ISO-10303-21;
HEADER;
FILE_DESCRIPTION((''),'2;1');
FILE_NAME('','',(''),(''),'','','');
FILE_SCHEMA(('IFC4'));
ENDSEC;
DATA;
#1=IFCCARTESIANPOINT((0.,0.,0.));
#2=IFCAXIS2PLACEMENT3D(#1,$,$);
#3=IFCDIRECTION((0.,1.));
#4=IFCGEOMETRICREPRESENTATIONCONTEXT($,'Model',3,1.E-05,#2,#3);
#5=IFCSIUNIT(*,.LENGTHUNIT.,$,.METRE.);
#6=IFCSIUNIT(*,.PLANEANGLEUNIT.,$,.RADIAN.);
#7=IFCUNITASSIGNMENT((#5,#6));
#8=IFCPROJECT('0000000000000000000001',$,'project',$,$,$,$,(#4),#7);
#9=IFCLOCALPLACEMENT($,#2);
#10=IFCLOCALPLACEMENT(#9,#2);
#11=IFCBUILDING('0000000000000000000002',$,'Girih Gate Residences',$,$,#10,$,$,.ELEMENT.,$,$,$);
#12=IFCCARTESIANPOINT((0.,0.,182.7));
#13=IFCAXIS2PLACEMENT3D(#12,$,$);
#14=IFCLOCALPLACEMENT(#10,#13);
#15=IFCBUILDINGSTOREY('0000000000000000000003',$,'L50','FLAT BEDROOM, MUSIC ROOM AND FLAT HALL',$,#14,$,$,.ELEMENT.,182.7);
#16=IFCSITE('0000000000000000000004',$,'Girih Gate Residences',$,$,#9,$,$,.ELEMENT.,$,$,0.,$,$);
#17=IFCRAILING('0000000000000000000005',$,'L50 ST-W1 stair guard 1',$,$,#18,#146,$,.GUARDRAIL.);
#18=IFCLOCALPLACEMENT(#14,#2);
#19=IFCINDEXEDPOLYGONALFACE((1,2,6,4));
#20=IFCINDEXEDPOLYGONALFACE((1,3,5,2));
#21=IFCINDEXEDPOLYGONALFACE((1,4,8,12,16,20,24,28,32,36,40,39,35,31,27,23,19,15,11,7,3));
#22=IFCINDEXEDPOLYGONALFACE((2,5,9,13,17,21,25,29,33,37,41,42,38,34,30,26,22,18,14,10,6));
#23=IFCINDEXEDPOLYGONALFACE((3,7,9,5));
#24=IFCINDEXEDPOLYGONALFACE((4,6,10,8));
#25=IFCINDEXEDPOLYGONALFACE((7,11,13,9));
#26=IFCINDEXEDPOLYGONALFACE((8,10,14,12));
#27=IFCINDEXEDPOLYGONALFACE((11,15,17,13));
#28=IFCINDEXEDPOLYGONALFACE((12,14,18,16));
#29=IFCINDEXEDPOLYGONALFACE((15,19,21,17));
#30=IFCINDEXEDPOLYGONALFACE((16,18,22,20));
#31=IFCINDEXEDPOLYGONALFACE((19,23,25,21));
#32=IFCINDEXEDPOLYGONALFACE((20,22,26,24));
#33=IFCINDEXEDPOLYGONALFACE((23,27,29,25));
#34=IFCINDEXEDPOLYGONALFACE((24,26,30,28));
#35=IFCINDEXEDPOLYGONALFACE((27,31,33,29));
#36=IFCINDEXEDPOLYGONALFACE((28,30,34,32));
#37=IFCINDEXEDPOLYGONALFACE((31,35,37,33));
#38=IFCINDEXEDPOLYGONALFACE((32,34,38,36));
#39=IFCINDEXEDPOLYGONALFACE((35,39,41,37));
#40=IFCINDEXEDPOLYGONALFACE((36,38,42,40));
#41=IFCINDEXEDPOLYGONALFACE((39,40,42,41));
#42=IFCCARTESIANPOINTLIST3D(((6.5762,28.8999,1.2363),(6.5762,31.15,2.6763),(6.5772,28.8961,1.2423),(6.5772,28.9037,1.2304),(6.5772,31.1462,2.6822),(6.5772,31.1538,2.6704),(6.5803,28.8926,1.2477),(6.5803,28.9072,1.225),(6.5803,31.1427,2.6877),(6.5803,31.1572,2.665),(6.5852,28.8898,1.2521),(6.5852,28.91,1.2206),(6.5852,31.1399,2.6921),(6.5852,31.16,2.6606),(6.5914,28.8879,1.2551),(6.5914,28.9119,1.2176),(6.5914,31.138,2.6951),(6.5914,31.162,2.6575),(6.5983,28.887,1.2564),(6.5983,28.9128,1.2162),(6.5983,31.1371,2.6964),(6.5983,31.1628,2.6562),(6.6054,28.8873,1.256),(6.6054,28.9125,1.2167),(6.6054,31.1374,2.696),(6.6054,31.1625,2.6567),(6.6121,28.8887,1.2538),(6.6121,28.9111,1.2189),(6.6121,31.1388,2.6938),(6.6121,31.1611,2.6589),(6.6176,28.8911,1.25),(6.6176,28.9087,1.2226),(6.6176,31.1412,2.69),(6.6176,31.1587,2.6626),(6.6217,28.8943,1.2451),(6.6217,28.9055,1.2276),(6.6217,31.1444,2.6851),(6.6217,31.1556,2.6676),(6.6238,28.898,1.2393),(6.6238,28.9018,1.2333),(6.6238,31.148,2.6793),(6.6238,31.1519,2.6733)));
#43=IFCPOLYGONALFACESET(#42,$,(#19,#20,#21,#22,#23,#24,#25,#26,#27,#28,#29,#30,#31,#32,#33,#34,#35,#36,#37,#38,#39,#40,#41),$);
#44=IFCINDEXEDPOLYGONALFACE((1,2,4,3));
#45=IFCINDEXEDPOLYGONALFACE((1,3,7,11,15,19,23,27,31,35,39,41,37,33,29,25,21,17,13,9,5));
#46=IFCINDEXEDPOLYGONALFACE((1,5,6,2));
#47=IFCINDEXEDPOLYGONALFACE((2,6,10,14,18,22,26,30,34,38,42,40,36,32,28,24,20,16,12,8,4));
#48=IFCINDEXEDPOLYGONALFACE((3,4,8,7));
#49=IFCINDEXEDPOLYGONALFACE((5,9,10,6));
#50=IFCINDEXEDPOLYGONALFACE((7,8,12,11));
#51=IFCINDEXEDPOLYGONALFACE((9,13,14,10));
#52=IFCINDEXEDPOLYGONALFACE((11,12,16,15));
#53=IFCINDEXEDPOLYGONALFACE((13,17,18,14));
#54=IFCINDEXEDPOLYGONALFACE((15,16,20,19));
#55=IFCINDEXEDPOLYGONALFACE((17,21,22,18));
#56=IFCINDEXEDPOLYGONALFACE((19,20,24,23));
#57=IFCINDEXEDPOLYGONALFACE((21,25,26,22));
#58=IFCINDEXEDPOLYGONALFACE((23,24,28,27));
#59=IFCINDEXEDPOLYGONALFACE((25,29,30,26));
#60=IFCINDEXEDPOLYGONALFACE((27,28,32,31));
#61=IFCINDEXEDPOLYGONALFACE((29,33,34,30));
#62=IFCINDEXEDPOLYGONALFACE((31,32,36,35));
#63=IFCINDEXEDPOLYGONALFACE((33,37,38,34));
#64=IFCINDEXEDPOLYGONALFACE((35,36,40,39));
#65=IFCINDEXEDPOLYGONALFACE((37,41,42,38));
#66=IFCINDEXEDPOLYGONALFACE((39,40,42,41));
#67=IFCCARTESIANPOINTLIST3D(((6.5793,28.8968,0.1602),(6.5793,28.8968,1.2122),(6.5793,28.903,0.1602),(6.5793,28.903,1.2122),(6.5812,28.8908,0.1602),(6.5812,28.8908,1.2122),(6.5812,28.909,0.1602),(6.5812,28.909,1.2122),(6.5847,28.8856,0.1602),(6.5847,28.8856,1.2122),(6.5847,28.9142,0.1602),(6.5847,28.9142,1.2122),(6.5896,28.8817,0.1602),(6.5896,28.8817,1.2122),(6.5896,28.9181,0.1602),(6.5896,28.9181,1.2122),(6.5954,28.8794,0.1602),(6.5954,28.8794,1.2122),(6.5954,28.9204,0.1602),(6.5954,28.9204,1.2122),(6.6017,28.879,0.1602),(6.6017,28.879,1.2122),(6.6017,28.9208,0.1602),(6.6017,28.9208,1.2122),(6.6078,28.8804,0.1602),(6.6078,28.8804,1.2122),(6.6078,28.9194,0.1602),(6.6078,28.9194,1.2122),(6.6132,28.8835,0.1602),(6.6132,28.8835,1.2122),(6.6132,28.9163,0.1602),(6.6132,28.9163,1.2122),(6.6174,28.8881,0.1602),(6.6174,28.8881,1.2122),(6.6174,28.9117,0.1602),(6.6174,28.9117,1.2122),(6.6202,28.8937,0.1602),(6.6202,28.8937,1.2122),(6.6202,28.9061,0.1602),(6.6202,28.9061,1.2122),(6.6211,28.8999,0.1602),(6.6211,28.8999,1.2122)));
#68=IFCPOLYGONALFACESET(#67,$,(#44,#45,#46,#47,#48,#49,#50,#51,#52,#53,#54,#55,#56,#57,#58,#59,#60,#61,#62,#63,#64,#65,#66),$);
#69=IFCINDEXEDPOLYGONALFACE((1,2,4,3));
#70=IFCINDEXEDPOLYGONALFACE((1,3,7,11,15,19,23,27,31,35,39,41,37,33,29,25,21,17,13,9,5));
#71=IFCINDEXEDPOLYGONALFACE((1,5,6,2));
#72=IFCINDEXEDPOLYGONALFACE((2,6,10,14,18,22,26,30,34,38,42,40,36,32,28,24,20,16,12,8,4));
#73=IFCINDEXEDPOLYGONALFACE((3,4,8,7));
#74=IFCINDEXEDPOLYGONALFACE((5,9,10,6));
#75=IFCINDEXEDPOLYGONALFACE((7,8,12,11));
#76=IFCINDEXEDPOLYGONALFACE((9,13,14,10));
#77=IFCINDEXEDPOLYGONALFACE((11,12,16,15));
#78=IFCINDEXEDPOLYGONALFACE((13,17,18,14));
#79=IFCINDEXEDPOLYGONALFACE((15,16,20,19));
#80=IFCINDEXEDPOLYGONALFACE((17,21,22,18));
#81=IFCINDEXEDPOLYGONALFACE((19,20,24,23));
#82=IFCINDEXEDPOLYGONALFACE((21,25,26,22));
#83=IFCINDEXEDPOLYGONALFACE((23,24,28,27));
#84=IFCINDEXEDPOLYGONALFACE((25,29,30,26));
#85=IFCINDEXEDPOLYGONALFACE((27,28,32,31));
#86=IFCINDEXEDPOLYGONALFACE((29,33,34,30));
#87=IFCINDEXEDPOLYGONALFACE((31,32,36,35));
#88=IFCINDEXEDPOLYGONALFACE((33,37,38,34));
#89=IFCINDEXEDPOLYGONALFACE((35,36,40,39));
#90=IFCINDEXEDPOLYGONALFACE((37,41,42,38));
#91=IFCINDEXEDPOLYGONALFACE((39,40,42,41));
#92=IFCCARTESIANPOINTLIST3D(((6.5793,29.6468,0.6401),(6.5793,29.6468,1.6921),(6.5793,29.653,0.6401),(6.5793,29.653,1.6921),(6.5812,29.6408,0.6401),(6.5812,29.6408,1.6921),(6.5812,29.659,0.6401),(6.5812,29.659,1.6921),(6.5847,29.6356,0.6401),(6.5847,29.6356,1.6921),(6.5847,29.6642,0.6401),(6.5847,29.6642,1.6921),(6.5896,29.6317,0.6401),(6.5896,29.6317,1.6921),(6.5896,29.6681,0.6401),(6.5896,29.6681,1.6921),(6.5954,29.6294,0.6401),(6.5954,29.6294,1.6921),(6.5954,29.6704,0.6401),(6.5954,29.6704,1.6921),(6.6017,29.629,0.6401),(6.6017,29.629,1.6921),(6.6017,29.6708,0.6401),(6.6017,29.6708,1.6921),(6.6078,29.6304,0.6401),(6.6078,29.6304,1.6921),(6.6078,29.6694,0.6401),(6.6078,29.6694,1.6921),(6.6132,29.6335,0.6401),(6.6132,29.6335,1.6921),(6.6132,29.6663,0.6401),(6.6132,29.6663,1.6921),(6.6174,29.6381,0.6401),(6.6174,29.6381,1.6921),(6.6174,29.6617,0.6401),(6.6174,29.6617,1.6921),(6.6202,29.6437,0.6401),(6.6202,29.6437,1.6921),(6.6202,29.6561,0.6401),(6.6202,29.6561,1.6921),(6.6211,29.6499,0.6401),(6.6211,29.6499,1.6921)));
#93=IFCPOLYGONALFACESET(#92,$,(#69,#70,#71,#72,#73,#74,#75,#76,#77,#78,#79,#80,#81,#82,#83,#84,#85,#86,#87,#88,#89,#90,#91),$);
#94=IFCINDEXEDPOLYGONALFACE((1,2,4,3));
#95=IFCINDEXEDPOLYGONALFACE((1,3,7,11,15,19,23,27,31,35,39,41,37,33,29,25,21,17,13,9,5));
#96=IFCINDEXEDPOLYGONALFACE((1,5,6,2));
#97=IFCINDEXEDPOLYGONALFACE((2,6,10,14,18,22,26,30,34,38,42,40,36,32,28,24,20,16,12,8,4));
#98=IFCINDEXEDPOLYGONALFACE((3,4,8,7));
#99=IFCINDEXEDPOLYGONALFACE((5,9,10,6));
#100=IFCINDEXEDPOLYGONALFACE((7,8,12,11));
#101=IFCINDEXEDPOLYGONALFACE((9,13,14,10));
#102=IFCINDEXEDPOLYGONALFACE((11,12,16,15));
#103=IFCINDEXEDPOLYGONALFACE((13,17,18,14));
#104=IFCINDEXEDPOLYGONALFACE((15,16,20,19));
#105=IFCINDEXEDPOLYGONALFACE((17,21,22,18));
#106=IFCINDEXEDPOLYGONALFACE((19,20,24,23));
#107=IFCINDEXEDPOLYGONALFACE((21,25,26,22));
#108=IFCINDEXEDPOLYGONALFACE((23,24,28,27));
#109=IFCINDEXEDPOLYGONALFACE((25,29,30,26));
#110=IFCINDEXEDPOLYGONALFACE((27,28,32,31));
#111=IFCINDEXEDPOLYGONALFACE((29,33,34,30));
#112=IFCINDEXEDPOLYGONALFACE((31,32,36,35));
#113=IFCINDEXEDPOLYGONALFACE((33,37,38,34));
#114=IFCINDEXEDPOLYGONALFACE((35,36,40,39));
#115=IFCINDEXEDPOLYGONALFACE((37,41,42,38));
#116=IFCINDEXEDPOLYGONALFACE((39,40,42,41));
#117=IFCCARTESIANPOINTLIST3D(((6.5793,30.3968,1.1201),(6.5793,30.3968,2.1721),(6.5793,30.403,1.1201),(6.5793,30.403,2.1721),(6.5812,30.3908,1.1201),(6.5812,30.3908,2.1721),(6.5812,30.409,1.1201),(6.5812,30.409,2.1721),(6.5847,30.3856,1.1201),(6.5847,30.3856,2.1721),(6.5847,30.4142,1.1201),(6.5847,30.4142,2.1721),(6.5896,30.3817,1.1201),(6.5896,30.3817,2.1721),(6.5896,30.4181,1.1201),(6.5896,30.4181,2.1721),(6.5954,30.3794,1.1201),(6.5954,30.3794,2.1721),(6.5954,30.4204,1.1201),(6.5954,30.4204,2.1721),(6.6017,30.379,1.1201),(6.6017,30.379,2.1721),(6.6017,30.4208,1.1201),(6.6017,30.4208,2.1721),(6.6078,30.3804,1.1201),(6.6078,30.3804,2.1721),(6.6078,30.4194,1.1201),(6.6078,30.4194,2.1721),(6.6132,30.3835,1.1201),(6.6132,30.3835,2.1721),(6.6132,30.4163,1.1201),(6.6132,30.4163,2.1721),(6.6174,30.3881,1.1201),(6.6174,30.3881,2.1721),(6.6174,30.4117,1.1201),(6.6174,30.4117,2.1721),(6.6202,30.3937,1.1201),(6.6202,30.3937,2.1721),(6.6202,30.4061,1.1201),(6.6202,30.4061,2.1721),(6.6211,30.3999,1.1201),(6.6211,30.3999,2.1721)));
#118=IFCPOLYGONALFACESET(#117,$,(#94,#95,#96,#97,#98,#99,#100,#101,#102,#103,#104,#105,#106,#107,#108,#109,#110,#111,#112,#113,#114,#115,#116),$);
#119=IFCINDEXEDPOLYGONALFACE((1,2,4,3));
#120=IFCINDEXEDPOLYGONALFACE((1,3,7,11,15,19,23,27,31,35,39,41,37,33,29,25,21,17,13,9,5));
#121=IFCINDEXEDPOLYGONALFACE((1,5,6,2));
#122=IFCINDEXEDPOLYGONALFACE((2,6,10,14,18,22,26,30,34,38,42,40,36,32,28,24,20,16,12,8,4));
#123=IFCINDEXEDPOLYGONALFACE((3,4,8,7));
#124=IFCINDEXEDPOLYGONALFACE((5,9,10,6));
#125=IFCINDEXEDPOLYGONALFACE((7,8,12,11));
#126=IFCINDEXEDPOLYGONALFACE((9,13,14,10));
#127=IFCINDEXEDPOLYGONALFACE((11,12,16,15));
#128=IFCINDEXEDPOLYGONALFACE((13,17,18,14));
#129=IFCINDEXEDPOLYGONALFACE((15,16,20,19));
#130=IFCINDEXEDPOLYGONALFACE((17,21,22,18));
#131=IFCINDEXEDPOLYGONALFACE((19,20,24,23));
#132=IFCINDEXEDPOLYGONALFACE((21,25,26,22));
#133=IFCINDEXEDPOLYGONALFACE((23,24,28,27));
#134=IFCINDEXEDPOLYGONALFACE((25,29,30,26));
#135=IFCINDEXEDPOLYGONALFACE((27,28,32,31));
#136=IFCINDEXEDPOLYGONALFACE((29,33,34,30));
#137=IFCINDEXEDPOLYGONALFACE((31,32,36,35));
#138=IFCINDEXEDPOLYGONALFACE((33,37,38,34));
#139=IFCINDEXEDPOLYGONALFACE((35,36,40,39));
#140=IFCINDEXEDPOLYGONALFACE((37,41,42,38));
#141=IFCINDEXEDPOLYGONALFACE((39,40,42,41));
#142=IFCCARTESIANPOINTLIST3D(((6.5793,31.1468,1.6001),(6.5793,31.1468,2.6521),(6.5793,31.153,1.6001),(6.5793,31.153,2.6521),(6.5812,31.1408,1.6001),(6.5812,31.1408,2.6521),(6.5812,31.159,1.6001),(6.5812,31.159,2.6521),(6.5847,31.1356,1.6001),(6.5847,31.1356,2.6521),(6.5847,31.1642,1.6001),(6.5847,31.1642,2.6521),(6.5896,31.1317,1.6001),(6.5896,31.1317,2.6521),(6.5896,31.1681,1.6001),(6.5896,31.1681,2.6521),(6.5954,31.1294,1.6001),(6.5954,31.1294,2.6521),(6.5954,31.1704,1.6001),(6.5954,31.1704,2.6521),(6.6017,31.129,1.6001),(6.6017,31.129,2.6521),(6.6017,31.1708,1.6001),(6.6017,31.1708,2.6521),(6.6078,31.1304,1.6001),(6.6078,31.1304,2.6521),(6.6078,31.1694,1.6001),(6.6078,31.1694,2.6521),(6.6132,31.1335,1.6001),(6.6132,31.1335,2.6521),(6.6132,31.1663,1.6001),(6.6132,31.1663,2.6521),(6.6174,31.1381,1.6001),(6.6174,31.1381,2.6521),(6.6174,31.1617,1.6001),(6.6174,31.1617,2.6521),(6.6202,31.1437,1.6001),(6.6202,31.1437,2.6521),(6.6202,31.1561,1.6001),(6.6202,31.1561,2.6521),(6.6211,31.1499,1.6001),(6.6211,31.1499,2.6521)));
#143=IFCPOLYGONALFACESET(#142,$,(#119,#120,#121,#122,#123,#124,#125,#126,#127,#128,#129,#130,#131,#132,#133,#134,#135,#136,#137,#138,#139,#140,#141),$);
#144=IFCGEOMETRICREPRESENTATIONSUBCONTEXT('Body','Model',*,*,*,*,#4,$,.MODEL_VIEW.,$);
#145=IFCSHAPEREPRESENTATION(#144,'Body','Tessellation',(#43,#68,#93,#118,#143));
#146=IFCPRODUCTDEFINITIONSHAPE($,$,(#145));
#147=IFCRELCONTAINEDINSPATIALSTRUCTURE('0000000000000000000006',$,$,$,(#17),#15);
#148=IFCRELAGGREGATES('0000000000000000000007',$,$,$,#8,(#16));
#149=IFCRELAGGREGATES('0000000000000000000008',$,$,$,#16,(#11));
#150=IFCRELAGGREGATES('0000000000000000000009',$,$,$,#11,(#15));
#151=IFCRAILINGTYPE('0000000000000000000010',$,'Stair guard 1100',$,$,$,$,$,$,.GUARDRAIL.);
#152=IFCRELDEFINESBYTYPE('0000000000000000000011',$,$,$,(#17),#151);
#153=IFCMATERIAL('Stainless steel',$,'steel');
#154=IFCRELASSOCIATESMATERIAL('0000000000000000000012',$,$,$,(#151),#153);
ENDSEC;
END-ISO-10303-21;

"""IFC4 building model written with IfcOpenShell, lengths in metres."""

from ifc_helpers import new_model, si_unit, direction, frame, origin, origin_2d, place, context, subcontext, project, spatial, circle, extrude, material, type_object, element, save


model = new_model("IFC4")

# Units and contexts
model_context = context("Model", 3, precision=1e-05, world=origin(), true_north=direction((0.0, 1.0)))
body_context = subcontext(model_context, "Body", "Model", "MODEL_VIEW")
ifc_project = project(units=[si_unit("LENGTHUNIT", "METRE"), si_unit("PLANEANGLEUNIT", "RADIAN")], contexts=[model_context])

# Site, building, storey
site_placement = place(None, origin())
site = spatial("IfcSite", under=ifc_project, at=site_placement, Name="Girih Gate Residences", CompositionType="ELEMENT", RefElevation=0.0)
building_placement = place(site_placement, origin())
building = spatial("IfcBuilding", under=site, at=building_placement, Name="Girih Gate Residences", CompositionType="ELEMENT")
storey_placement = place(building_placement, frame((0.0, 0.0, 182.7)))
storey = spatial("IfcBuildingStorey", under=building, at=storey_placement, Name="L50", Description="FLAT BEDROOM, MUSIC ROOM AND FLAT HALL", CompositionType="ELEMENT", Elevation=182.7)

# Shared definitions
ifc_material_1 = material(Name="Stainless steel", Category="steel")

# Railing
railing_type_1 = type_object("IfcRailingType", Name="Stair guard 1100", PredefinedType="GUARDRAIL", material=ifc_material_1)
railing_1_placement = place(storey_placement, frame((6.6001, 28.8999, 0.1602)))
element("IfcRailing", 1, at=railing_1_placement, inside=storey, type_object=railing_type_1, Name="L50 ST-W1 stair guard 1", PredefinedType="GUARDRAIL", context=body_context, shape_type="SweptSolid", body=[
    extrude(circle(Radius=0.0239, at=origin_2d()), frame((0.0, 0.0, 1.0762), z_axis=(0.0, 0.842281, 0.539038), x_axis=(-1.0, 0.0, 0.0)), (0.0, 0.0, 1.0), 2.6714),
    extrude(circle(Radius=0.021, at=origin_2d()), origin(), (0.0, 0.0, 1.0), 1.052),
    extrude(circle(Radius=0.021, at=origin_2d()), frame((0.0, 0.75, 0.48)), (0.0, 0.0, 1.0), 1.052),
    extrude(circle(Radius=0.021, at=origin_2d()), frame((0.0, 1.5, 0.96)), (0.0, 0.0, 1.0), 1.052),
    extrude(circle(Radius=0.021, at=origin_2d()), frame((0.0, 2.25, 1.4399)), (0.0, 0.0, 1.0), 1.052),
])

save(model, "model.ifc")
